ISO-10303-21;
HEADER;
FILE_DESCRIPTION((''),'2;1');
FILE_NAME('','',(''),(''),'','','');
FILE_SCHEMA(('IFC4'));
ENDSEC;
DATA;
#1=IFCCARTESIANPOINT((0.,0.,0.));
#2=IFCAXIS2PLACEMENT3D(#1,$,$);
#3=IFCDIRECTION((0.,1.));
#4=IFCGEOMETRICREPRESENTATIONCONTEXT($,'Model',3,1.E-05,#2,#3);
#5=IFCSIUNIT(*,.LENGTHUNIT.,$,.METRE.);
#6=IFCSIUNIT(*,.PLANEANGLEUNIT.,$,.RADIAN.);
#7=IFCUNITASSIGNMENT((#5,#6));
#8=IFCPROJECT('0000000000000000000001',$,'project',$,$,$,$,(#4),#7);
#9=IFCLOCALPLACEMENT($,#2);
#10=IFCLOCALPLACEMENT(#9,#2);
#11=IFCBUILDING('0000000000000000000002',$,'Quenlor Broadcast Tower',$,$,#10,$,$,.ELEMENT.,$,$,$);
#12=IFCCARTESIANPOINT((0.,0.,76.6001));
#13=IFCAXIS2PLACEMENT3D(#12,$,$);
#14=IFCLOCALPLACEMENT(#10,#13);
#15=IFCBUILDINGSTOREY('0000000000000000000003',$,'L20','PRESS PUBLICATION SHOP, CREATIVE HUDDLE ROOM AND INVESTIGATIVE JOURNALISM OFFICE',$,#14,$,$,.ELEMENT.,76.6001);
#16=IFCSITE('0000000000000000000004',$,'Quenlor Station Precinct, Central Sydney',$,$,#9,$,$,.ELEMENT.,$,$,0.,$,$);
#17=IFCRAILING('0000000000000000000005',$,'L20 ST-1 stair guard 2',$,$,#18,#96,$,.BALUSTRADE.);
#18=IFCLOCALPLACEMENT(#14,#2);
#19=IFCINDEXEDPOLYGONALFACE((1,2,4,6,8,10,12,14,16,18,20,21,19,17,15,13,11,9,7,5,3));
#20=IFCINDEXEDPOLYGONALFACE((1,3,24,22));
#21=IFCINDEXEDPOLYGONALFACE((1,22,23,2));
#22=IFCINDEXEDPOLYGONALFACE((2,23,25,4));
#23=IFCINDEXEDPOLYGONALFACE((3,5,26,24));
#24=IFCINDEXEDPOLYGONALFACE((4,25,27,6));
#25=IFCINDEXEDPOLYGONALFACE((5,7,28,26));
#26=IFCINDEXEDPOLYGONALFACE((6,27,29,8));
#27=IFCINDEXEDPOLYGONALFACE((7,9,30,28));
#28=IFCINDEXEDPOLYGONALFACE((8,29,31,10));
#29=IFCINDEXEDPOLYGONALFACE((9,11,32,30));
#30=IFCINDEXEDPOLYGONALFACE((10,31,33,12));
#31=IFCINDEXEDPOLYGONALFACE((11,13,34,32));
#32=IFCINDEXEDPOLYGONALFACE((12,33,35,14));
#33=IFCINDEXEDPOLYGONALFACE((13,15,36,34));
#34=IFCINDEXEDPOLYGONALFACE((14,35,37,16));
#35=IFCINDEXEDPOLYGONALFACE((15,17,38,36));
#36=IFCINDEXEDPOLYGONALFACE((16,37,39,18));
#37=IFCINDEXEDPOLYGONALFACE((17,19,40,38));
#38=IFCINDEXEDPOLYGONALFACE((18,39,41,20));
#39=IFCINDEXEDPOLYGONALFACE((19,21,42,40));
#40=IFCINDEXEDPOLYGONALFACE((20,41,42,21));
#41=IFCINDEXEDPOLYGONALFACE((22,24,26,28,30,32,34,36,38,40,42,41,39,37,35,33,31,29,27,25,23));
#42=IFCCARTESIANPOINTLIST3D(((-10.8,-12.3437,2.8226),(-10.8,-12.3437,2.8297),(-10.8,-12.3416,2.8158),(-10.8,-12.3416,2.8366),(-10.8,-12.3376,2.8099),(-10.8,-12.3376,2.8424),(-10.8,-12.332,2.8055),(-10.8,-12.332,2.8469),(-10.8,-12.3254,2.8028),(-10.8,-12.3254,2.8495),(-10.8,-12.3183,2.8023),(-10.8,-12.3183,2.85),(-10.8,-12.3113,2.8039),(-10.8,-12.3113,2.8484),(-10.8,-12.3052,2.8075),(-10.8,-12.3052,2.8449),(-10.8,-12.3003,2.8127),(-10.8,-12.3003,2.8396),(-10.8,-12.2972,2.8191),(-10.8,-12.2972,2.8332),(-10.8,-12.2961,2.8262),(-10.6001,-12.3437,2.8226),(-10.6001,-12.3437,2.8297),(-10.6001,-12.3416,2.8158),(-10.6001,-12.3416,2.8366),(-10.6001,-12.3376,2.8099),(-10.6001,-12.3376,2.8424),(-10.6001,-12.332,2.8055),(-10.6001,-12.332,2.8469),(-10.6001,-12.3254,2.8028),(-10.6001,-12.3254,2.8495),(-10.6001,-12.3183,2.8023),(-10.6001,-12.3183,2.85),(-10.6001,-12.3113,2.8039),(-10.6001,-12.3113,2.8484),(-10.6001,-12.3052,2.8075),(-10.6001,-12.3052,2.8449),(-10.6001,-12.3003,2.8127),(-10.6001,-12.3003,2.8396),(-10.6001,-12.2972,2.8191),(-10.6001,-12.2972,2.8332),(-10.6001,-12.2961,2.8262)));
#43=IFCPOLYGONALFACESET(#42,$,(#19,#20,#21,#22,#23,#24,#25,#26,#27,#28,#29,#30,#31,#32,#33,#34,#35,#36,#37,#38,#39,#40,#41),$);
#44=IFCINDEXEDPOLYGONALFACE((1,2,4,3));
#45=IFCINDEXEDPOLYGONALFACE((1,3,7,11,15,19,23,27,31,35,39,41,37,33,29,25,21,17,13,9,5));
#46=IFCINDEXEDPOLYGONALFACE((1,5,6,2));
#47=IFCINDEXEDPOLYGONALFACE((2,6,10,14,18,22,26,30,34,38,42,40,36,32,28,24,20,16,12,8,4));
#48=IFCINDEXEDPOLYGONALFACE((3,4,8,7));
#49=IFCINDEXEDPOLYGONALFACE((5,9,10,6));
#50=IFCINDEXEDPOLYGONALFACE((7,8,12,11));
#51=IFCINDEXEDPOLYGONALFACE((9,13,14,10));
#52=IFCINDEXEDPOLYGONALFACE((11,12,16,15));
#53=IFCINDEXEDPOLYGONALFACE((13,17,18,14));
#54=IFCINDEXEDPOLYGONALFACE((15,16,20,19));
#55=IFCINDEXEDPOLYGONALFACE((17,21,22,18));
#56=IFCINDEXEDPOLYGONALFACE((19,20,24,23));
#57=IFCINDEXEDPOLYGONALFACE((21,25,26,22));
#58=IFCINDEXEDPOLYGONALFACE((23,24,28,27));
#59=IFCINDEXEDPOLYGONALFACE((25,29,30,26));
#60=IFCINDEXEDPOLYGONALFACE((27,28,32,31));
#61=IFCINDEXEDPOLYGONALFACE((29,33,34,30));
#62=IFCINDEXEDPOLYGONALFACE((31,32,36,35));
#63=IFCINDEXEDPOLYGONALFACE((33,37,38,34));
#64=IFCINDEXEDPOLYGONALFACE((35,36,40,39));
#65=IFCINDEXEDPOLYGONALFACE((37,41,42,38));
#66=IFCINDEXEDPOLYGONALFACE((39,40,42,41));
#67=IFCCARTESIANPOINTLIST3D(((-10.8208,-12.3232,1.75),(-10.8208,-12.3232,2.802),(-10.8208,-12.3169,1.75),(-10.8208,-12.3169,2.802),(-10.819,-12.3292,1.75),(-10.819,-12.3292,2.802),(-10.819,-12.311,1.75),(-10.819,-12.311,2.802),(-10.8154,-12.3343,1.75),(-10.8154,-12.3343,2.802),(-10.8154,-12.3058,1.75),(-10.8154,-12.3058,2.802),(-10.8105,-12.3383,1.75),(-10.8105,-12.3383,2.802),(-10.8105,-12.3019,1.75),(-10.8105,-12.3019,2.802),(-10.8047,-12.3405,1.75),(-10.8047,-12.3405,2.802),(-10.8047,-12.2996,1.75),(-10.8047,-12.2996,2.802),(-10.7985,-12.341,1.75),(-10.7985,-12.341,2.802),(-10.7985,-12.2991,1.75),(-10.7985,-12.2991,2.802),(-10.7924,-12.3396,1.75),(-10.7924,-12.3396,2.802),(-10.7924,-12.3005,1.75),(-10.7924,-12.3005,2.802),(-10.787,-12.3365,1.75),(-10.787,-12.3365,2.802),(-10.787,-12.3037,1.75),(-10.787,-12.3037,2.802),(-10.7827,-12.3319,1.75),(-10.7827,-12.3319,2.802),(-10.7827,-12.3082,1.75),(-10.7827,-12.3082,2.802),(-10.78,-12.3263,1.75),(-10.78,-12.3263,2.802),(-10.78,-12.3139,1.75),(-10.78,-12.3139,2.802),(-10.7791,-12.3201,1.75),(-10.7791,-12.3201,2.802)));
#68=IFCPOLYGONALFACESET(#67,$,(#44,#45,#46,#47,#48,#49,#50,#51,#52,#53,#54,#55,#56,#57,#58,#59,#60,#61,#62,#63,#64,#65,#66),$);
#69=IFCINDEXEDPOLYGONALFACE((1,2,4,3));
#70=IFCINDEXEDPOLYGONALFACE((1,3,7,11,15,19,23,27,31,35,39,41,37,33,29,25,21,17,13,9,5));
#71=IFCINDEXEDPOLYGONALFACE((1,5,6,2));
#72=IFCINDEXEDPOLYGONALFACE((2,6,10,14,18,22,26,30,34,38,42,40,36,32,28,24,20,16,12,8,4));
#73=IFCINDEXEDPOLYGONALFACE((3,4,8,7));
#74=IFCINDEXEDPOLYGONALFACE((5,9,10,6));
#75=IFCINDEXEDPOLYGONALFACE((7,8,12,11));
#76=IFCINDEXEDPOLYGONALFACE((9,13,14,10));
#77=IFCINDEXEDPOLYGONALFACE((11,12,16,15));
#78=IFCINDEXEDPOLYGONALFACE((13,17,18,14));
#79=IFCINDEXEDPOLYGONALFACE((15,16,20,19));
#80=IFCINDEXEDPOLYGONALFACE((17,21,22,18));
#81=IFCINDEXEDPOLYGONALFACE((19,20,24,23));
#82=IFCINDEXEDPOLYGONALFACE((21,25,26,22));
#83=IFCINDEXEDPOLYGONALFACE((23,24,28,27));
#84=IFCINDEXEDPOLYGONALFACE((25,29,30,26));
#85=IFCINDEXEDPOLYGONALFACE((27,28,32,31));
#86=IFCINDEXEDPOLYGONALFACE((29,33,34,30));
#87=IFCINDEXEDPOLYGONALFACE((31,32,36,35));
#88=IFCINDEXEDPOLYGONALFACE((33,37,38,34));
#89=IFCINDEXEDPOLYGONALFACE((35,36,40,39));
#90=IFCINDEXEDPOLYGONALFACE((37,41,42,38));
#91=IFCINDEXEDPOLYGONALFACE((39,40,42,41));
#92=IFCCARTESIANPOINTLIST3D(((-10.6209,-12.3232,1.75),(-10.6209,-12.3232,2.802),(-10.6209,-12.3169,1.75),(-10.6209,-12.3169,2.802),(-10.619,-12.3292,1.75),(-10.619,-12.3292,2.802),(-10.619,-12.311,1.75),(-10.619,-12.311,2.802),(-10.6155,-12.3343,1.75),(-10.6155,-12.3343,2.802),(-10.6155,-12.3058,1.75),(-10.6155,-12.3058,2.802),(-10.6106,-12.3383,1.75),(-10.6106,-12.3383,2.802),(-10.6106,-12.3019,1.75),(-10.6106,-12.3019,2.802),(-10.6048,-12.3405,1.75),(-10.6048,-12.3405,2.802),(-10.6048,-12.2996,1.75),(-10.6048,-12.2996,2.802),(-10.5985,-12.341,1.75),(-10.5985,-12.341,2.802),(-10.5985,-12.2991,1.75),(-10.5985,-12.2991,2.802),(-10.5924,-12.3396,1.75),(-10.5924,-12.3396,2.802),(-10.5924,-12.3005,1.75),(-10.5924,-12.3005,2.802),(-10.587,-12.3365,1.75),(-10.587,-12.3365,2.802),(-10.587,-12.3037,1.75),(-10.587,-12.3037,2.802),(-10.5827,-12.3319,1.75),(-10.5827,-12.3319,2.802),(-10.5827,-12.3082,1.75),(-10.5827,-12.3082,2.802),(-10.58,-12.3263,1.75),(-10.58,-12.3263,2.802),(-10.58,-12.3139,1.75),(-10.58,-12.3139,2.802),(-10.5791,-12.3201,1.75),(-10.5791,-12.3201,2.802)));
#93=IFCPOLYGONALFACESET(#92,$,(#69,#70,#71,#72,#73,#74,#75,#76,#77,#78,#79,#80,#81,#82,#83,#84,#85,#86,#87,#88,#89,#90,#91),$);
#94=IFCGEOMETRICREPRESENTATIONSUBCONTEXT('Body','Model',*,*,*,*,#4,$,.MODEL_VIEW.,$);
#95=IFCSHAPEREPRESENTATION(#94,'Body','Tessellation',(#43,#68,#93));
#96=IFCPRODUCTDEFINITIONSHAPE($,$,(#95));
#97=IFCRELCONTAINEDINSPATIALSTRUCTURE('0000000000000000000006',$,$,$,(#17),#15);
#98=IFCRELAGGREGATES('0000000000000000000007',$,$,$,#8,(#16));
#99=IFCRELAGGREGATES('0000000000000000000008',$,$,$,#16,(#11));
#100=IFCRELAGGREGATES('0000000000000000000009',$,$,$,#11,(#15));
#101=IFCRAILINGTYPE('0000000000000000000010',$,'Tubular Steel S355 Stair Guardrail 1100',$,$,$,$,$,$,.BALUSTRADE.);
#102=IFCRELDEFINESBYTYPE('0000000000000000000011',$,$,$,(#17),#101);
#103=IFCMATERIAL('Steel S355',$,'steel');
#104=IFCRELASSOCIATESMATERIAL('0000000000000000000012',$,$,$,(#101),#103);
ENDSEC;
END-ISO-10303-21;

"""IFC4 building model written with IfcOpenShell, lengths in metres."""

from ifc_helpers import new_model, si_unit, direction, frame, origin, origin_2d, place, context, subcontext, project, spatial, circle, extrude, material, type_object, element, save


model = new_model("IFC4")

# Units and contexts
model_context = context("Model", 3, precision=1e-05, world=origin(), true_north=direction((0.0, 1.0)))
body_context = subcontext(model_context, "Body", "Model", "MODEL_VIEW")
ifc_project = project(units=[si_unit("LENGTHUNIT", "METRE"), si_unit("PLANEANGLEUNIT", "RADIAN")], contexts=[model_context])

# Site, building, storey
site_placement = place(None, origin())
site = spatial("IfcSite", under=ifc_project, at=site_placement, Name="Quenlor Station Precinct, Central Sydney", CompositionType="ELEMENT", RefElevation=0.0)
building_placement = place(site_placement, origin())
building = spatial("IfcBuilding", under=site, at=building_placement, Name="Quenlor Broadcast Tower", CompositionType="ELEMENT")
storey_placement = place(building_placement, frame((0.0, 0.0, 76.6001)))
storey = spatial("IfcBuildingStorey", under=building, at=storey_placement, Name="L20", Description="PRESS PUBLICATION SHOP, CREATIVE HUDDLE ROOM AND INVESTIGATIVE JOURNALISM OFFICE", CompositionType="ELEMENT", Elevation=76.6001)

# Railing
ifc_material_1 = material(Name="Steel S355", Category="steel")
railing_type_1 = type_object("IfcRailingType", Name="Tubular Steel S355 Stair Guardrail 1100", PredefinedType="BALUSTRADE", material=ifc_material_1)
railing_1_placement = place(storey_placement, frame((-10.8, -12.3201, 1.75)))
element("IfcRailing", 1, at=railing_1_placement, inside=storey, type_object=railing_type_1, Name="L20 ST-1 stair guard 2", PredefinedType="BALUSTRADE", context=body_context, shape_type="SweptSolid", body=[
    extrude(circle(Radius=0.0239, at=origin_2d()), frame((0.0, 0.0, 1.0762), z_axis=(1.0, 0.0, 0.0), x_axis=(0.0, 1.0, 0.0)), (0.0, 0.0, 1.0), 0.2),
    extrude(circle(Radius=0.021, at=origin_2d()), origin(), (0.0, 0.0, 1.0), 1.052),
    extrude(circle(Radius=0.021, at=origin_2d()), frame((0.2, 0.0, 0.0)), (0.0, 0.0, 1.0), 1.052),
])

save(model, "model.ifc")
